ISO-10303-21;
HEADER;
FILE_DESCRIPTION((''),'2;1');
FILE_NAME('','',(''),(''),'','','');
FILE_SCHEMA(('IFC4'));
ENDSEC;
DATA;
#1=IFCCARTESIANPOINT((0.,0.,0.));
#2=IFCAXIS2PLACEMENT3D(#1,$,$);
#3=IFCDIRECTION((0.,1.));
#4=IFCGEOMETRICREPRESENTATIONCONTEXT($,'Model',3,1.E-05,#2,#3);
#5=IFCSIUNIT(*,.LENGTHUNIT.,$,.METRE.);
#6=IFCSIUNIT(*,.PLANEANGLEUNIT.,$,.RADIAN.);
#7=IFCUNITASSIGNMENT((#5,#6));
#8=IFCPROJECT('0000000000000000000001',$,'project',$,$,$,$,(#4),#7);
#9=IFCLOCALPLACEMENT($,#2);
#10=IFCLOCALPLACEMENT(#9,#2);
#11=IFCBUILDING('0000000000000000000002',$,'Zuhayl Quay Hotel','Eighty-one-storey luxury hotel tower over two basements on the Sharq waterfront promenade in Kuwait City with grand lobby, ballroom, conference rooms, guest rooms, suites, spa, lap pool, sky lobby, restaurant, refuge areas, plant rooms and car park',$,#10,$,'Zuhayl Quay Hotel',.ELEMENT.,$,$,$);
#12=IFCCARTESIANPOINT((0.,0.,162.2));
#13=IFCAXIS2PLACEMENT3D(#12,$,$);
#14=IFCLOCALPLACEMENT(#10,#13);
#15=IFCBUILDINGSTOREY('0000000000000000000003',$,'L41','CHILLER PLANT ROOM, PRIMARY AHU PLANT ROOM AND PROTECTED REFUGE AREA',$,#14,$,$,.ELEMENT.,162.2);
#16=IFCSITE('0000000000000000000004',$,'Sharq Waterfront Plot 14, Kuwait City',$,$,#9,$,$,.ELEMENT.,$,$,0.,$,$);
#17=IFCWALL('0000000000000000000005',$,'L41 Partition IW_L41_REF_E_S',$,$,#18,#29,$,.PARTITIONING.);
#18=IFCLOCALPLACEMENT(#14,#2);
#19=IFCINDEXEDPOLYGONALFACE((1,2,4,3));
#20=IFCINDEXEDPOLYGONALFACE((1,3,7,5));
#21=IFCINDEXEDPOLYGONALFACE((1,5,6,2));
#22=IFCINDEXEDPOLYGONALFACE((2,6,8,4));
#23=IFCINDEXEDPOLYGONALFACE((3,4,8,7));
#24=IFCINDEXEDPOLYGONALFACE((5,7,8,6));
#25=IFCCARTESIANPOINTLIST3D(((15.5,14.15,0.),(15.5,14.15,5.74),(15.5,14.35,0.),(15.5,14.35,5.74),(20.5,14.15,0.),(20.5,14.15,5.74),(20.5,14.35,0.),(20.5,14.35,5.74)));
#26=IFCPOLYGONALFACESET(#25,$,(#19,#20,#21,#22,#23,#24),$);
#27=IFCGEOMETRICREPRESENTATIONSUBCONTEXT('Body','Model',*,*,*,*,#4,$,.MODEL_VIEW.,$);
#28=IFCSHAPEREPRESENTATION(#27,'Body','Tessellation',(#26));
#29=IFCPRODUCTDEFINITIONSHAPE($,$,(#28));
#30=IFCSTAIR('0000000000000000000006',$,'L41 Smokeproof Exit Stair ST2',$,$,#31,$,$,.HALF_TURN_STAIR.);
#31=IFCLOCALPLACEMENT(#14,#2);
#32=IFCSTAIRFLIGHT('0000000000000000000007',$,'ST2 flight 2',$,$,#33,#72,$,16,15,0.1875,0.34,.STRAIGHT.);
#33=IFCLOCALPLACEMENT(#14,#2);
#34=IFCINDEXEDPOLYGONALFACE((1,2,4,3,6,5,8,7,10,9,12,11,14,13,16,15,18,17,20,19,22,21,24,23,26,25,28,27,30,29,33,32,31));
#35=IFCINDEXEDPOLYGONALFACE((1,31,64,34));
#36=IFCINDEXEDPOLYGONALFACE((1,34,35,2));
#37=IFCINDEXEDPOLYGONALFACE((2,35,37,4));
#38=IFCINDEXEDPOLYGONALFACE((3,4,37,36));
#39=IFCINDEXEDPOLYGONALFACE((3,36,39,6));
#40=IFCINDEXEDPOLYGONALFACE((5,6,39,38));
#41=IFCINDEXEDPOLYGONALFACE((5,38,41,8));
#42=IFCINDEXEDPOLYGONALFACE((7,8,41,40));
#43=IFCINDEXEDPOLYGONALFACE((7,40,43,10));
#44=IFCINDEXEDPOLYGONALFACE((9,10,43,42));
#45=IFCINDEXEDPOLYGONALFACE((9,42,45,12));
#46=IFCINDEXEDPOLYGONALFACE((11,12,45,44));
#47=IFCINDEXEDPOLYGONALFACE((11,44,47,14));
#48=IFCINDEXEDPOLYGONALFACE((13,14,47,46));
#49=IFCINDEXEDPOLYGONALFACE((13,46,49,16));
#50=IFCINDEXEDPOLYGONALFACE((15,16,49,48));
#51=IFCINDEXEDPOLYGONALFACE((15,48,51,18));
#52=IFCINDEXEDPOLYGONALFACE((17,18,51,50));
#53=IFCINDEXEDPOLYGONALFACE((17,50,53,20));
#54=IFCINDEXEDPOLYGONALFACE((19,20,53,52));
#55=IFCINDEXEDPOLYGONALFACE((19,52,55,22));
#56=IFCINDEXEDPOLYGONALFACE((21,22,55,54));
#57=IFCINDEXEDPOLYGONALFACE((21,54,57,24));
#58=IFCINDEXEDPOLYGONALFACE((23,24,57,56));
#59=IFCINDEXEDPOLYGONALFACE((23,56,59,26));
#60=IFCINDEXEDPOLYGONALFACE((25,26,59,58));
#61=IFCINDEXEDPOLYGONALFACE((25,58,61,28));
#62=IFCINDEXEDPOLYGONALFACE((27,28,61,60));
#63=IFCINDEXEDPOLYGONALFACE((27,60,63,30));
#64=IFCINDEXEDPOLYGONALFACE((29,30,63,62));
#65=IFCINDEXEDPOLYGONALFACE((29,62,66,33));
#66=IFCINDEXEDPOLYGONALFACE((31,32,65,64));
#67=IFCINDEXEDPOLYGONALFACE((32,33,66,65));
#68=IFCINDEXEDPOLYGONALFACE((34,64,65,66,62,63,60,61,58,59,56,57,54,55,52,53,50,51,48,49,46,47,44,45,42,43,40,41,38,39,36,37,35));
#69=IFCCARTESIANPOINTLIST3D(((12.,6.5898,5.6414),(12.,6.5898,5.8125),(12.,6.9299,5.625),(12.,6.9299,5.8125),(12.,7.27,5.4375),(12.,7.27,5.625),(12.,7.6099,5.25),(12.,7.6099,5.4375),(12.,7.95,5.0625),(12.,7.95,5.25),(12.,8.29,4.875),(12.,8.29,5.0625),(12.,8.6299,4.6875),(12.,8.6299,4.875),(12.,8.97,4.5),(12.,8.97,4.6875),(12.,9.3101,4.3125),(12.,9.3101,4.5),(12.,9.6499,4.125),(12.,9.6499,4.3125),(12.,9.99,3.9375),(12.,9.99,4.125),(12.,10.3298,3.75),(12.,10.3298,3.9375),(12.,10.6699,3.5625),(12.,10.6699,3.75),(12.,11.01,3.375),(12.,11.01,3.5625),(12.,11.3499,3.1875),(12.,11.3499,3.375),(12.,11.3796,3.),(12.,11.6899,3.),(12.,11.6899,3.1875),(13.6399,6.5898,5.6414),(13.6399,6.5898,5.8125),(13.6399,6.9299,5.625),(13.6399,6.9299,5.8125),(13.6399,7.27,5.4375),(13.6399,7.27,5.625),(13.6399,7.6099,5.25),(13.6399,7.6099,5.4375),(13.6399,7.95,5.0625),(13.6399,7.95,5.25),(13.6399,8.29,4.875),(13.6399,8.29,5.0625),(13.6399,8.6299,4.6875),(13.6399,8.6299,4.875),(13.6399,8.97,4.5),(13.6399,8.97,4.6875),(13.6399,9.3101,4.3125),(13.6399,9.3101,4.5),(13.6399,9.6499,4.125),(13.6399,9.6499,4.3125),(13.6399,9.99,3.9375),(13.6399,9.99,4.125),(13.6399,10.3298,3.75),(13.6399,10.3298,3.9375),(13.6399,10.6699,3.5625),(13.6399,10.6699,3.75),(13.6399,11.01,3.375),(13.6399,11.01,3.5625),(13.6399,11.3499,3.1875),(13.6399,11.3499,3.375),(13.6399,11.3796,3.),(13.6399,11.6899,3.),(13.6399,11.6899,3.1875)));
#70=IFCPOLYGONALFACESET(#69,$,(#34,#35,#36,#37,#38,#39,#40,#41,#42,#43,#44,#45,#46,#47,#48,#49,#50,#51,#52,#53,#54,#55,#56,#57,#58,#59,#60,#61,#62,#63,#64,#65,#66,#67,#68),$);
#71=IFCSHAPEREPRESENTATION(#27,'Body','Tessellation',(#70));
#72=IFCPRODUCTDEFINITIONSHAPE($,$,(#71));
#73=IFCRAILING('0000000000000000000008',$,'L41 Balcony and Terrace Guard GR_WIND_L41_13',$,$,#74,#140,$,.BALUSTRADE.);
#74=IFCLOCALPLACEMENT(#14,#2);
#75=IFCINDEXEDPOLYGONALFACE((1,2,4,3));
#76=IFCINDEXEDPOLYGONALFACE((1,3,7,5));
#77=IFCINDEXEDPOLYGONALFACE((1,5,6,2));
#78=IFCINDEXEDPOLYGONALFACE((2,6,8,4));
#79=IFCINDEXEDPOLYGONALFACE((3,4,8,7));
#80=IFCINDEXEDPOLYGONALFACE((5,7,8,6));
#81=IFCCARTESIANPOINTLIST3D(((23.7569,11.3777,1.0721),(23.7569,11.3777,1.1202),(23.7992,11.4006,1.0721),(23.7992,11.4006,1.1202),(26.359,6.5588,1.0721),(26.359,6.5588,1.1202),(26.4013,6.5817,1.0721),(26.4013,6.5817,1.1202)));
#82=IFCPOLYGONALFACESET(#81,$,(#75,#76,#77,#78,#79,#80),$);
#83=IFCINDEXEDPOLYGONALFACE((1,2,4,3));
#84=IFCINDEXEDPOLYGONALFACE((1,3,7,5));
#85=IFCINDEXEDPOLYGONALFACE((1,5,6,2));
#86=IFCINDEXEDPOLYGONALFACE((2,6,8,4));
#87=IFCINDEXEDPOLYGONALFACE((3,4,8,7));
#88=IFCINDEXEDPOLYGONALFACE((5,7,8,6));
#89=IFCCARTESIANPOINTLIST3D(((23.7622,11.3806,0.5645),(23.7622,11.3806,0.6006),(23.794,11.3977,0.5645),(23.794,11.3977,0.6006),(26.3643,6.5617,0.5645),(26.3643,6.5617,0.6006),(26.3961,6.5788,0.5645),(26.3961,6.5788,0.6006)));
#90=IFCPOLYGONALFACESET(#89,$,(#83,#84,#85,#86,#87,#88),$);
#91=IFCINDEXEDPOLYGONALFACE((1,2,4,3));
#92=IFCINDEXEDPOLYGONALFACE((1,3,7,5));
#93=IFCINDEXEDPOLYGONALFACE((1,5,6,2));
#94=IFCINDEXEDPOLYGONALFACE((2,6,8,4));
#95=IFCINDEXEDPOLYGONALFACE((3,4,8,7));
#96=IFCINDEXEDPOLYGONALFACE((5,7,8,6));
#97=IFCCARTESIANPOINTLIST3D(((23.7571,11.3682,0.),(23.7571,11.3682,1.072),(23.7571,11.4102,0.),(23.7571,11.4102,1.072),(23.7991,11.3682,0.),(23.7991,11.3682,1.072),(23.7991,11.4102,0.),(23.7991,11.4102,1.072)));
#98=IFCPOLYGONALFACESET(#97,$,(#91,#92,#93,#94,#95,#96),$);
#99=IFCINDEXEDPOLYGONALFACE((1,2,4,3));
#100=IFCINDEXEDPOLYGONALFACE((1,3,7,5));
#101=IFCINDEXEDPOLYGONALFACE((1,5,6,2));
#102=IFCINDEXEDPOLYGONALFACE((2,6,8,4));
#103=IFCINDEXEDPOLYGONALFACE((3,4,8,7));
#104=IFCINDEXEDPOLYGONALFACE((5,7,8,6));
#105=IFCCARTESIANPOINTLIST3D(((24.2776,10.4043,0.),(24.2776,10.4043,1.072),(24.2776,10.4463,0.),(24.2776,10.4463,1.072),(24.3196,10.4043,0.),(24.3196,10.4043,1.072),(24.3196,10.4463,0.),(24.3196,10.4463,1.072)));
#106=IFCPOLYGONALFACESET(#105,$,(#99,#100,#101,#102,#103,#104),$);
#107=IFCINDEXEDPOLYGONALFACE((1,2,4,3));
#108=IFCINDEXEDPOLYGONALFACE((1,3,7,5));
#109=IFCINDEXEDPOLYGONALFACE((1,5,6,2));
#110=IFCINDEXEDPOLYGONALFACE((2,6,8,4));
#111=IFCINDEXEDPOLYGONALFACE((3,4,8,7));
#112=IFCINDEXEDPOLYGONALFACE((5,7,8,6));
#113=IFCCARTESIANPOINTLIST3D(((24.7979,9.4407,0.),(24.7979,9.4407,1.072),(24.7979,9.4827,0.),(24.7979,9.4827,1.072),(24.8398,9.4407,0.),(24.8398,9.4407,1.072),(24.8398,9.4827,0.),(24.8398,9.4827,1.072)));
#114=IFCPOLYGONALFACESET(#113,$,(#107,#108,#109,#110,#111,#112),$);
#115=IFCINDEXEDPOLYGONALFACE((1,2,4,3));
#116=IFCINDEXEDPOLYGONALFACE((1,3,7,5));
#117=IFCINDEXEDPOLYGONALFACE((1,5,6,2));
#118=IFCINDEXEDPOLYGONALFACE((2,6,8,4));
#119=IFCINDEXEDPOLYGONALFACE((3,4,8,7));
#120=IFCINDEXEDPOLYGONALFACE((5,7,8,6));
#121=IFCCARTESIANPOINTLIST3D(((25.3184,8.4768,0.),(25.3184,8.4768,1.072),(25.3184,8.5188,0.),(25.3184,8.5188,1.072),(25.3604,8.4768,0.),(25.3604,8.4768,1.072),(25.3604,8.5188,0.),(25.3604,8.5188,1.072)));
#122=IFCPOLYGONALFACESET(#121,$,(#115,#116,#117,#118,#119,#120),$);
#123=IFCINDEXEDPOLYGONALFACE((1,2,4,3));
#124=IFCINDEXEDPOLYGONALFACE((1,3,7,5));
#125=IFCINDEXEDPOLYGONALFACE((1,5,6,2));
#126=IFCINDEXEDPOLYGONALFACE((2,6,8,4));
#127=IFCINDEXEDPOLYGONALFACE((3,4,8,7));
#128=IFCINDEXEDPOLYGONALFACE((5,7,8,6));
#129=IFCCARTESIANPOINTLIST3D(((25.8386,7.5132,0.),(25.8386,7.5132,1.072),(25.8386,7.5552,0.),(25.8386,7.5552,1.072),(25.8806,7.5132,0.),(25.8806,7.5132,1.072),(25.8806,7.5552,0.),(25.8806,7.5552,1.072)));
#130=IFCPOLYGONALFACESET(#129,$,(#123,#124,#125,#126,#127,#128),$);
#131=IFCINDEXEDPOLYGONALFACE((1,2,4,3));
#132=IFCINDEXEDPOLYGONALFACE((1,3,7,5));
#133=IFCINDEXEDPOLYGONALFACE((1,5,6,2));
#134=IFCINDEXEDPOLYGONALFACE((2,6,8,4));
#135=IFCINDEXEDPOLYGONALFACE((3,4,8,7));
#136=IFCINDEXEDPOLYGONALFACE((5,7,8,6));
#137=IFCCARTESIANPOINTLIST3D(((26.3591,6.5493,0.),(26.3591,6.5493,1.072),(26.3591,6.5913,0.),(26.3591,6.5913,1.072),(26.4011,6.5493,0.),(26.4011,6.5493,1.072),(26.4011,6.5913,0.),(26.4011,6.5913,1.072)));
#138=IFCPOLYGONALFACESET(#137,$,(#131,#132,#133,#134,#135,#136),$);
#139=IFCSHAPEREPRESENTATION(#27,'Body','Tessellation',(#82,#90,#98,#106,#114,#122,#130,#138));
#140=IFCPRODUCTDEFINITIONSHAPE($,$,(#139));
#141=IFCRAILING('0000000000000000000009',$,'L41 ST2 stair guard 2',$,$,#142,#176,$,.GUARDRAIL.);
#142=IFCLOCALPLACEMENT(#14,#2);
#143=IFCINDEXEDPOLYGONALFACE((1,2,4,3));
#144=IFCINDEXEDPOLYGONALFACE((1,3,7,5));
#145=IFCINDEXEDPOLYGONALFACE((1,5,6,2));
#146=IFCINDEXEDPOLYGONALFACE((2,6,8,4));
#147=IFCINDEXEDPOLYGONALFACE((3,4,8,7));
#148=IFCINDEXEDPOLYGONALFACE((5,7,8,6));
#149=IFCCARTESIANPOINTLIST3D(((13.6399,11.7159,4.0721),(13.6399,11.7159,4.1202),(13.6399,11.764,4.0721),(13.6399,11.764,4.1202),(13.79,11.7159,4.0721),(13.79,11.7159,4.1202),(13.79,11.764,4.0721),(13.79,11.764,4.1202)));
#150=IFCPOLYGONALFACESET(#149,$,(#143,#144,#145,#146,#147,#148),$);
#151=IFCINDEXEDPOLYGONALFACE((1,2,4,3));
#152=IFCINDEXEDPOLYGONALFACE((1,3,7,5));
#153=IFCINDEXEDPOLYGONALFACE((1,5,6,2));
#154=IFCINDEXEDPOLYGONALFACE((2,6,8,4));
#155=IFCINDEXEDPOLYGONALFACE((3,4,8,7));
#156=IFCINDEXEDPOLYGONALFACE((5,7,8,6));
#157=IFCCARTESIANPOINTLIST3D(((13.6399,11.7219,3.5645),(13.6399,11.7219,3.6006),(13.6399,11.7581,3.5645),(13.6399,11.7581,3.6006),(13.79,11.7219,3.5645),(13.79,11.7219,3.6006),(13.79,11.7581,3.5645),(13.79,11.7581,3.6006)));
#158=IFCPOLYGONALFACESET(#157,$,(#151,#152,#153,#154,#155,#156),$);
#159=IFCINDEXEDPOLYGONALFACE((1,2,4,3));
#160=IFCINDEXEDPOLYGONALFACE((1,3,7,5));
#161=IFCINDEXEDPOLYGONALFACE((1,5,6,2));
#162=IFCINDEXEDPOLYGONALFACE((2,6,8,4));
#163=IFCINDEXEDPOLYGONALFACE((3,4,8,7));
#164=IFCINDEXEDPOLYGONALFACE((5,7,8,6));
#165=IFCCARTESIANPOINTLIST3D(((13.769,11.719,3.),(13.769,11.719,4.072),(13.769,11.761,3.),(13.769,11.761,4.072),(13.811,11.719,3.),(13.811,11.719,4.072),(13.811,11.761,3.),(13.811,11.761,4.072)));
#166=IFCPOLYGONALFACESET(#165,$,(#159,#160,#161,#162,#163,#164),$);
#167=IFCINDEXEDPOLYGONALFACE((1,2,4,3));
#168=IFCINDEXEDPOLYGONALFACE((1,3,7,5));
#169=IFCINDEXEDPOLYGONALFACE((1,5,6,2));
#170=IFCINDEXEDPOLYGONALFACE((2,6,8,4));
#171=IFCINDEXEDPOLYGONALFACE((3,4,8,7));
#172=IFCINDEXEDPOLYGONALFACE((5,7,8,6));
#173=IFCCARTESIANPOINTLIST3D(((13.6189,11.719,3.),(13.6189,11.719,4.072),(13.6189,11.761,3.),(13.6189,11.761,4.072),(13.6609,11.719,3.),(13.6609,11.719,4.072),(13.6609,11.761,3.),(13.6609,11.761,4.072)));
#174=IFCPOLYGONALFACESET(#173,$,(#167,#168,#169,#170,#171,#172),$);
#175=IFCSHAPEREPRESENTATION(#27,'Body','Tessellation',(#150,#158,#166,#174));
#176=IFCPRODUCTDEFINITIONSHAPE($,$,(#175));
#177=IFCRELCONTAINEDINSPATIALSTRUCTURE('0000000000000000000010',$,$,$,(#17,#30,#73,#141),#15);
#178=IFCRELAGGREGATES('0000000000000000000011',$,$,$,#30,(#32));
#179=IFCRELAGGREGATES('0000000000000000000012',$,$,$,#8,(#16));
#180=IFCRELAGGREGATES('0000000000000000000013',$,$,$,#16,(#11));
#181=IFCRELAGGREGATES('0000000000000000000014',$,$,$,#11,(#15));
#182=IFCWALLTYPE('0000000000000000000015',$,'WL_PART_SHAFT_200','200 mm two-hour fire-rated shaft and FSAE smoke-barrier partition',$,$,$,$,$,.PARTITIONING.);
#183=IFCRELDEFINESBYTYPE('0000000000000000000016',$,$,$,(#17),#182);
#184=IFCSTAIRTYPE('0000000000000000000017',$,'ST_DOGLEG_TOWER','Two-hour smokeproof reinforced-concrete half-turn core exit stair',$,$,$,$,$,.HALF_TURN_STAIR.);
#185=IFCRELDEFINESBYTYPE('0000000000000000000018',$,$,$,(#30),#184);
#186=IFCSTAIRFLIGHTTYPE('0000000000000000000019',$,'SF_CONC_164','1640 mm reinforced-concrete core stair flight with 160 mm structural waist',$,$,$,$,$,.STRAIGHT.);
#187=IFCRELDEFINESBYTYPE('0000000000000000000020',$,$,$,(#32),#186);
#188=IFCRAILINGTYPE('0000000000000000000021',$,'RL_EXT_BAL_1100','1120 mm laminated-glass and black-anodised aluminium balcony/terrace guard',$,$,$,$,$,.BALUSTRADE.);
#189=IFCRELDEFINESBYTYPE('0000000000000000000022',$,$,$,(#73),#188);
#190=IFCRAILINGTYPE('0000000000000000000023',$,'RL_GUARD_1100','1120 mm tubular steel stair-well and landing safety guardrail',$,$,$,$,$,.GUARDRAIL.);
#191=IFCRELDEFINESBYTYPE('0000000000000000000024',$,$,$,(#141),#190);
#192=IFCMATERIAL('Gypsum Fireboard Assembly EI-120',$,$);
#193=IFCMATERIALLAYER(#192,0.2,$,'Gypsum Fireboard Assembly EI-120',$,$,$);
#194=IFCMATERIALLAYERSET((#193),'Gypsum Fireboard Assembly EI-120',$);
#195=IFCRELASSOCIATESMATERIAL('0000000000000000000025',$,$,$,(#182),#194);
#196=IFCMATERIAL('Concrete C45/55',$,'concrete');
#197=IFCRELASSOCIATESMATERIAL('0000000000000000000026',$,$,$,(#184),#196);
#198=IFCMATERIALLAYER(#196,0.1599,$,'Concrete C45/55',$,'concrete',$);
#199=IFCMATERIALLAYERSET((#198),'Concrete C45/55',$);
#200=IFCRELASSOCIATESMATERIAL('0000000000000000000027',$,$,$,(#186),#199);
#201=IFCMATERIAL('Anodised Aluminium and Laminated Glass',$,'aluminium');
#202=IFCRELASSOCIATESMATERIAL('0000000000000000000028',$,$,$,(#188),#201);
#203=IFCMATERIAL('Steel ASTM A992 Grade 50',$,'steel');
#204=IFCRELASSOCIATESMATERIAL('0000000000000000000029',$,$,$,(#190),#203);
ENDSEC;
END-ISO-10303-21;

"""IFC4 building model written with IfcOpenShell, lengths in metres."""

from ifc_helpers import new_model, si_unit, direction, frame, frame_2d, origin, origin_2d, place, context, subcontext, project, spatial, polyline, rectangle, outline, extrude, material, layer, layer_set, type_object, element, aggregate, save


model = new_model("IFC4")

# Units and contexts
model_context = context("Model", 3, precision=1e-05, world=origin(), true_north=direction((0.0, 1.0)))
body_context = subcontext(model_context, "Body", "Model", "MODEL_VIEW")
ifc_project = project(units=[si_unit("LENGTHUNIT", "METRE"), si_unit("PLANEANGLEUNIT", "RADIAN")], contexts=[model_context])

# Site, building, storey
site_placement = place(None, origin())
site = spatial("IfcSite", under=ifc_project, at=site_placement, Name="Sharq Waterfront Plot 14, Kuwait City", CompositionType="ELEMENT", RefElevation=0.0)
building_placement = place(site_placement, origin())
building = spatial("IfcBuilding", under=site, at=building_placement, Name="Zuhayl Quay Hotel", Description="Eighty-one-storey luxury hotel tower over two basements on the Sharq waterfront promenade in Kuwait City with grand lobby, ballroom, conference rooms, guest rooms, suites, spa, lap pool, sky lobby, restaurant, refuge areas, plant rooms and car park", LongName="Zuhayl Quay Hotel", CompositionType="ELEMENT")
storey_placement = place(building_placement, frame((0.0, 0.0, 162.2)))
storey = spatial("IfcBuildingStorey", under=building, at=storey_placement, Name="L41", Description="CHILLER PLANT ROOM, PRIMARY AHU PLANT ROOM AND PROTECTED REFUGE AREA", CompositionType="ELEMENT", Elevation=162.2)

# Wall
ifc_material_1 = material(Name="Gypsum Fireboard Assembly EI-120")
ifc_layer_1 = layer(ifc_material_1, 0.2, Name="Gypsum Fireboard Assembly EI-120")
ifc_layer_set_1 = layer_set([ifc_layer_1], Name="Gypsum Fireboard Assembly EI-120")
wall_type = type_object("IfcWallType", Name="WL_PART_SHAFT_200", Description="200 mm two-hour fire-rated shaft and FSAE smoke-barrier partition", PredefinedType="PARTITIONING", material=ifc_layer_set_1)
wall_1_placement = place(storey_placement, frame((15.5, 14.25, 0.0), z_axis=(0.0, 0.0, 1.0), x_axis=(1.0, 0.0, 0.0)))
element("IfcWall", 1, at=wall_1_placement, inside=storey, type_object=wall_type, Name="L41 Partition IW_L41_REF_E_S", PredefinedType="PARTITIONING", context=body_context, shape_type="SweptSolid", body=[
    extrude(rectangle(XDim=5.0, YDim=0.2, at=frame_2d((2.5, 0.0))), origin(), (0.0, 0.0, 1.0), 5.74),
])

# Stair, stair flight
ifc_material_2 = material(Name="Concrete C45/55", Category="concrete")
stair_type = type_object("IfcStairType", Name="ST_DOGLEG_TOWER", Description="Two-hour smokeproof reinforced-concrete half-turn core exit stair", PredefinedType="HALF_TURN_STAIR", material=ifc_material_2)
stair_placement = place(storey_placement, origin())
stair = element("IfcStair", 2, at=stair_placement, inside=storey, type_object=stair_type, Name="L41 Smokeproof Exit Stair ST2", PredefinedType="HALF_TURN_STAIR")
ifc_layer_2 = layer(ifc_material_2, 0.1599, Name="Concrete C45/55", Category="concrete")
ifc_layer_set_2 = layer_set([ifc_layer_2], Name="Concrete C45/55")
stair_flight_type = type_object("IfcStairFlightType", Name="SF_CONC_164", Description="1640 mm reinforced-concrete core stair flight with 160 mm structural waist", PredefinedType="STRAIGHT", material=ifc_layer_set_2)
stair_flight_placement = place(storey_placement, frame((12.8201, 11.6899, 3.0), z_axis=(0.0, 0.0, 1.0), x_axis=(0.0, -1.0, 0.0)))
stair_flight = element("IfcStairFlight", 3, at=stair_flight_placement, type_object=stair_flight_type, Name="ST2 flight 2", NumberOfRisers=16, NumberOfTreads=15, PredefinedType="STRAIGHT", RiserHeight=0.1875, TreadLength=0.34, context=body_context, shape_type="SweptSolid", body=[
    extrude(outline(polyline([(0.0, 0.0), (0.0, 0.1875), (0.3401, 0.1875), (0.3401, 0.375), (0.6799, 0.375), (0.6799, 0.5625), (1.02, 0.5625), (1.02, 0.75), (1.3601, 0.75), (1.3601, 0.9375), (1.7, 0.9375), (1.7, 1.125), (2.04, 1.125), (2.04, 1.3125), (2.3799, 1.3125), (2.3799, 1.5), (2.72, 1.5), (2.72, 1.6875), (3.0601, 1.6875), (3.0601, 1.875), (3.3999, 1.875), (3.3999, 2.0625), (3.74, 2.0625), (3.74, 2.25), (4.0801, 2.25), (4.0801, 2.4375), (4.4199, 2.4375), (4.4199, 2.625), (4.76, 2.625), (4.76, 2.8125), (5.1001, 2.8125), (5.1001, 3.0), (5.1001, 2.6414), (0.3103, 0.0), (0.0, 0.0)])), frame((0.0, 0.8198, 0.0), z_axis=(0.0, -1.0, 0.0), x_axis=(1.0, 0.0, 0.0)), (0.0, 0.0, 1.0), 1.6399),
])
aggregate(stair, [stair_flight])

# Railings
ifc_material_3 = material(Name="Anodised Aluminium and Laminated Glass", Category="aluminium")
railing_type_1 = type_object("IfcRailingType", Name="RL_EXT_BAL_1100", Description="1120 mm laminated-glass and black-anodised aluminium balcony/terrace guard", PredefinedType="BALUSTRADE", material=ifc_material_3)
railing_1_placement = place(storey_placement, frame((23.7781, 11.3892, 0.0)))
element("IfcRailing", 4, at=railing_1_placement, inside=storey, type_object=railing_type_1, Name="L41 Balcony and Terrace Guard GR_WIND_L41_13", PredefinedType="BALUSTRADE", context=body_context, shape_type="SweptSolid", body=[
    extrude(rectangle(XDim=0.0481, YDim=0.0481, at=origin_2d()), frame((0.0, 0.0, 1.0962), z_axis=(0.475131, -0.879915, 0.0), x_axis=(0.879915, 0.475131, 0.0)), (0.0, 0.0, 1.0), 5.4766),
    extrude(rectangle(XDim=0.0361, YDim=0.0361, at=origin_2d()), frame((0.0, 0.0, 0.5825), z_axis=(0.475131, -0.879915, 0.0), x_axis=(0.879915, 0.475131, 0.0)), (0.0, 0.0, 1.0), 5.4766),
    extrude(rectangle(XDim=0.042, YDim=0.042, at=origin_2d()), origin(), (0.0, 0.0, 1.0), 1.072),
    extrude(rectangle(XDim=0.042, YDim=0.042, at=origin_2d()), frame((0.5205, -0.9639, 0.0)), (0.0, 0.0, 1.0), 1.072),
    extrude(rectangle(XDim=0.042, YDim=0.042, at=origin_2d()), frame((1.0408, -1.9275, 0.0)), (0.0, 0.0, 1.0), 1.072),
    extrude(rectangle(XDim=0.042, YDim=0.042, at=origin_2d()), frame((1.5613, -2.8914, 0.0)), (0.0, 0.0, 1.0), 1.072),
    extrude(rectangle(XDim=0.042, YDim=0.042, at=origin_2d()), frame((2.0815, -3.855, 0.0)), (0.0, 0.0, 1.0), 1.072),
    extrude(rectangle(XDim=0.042, YDim=0.042, at=origin_2d()), frame((2.6021, -4.8188, 0.0)), (0.0, 0.0, 1.0), 1.072),
])
ifc_material_4 = material(Name="Steel ASTM A992 Grade 50", Category="steel")
railing_type_2 = type_object("IfcRailingType", Name="RL_GUARD_1100", Description="1120 mm tubular steel stair-well and landing safety guardrail", PredefinedType="GUARDRAIL", material=ifc_material_4)
railing_2_placement = place(storey_placement, frame((13.79, 11.74, 3.0)))
element("IfcRailing", 5, at=railing_2_placement, inside=storey, type_object=railing_type_2, Name="L41 ST2 stair guard 2", PredefinedType="GUARDRAIL", context=body_context, shape_type="SweptSolid", body=[
    extrude(rectangle(XDim=0.0481, YDim=0.0481, at=origin_2d()), frame((0.0, 0.0, 1.0962), z_axis=(-1.0, 0.0, 0.0), x_axis=(0.0, -1.0, 0.0)), (0.0, 0.0, 1.0), 0.1501),
    extrude(rectangle(XDim=0.0361, YDim=0.0361, at=origin_2d()), frame((0.0, 0.0, 0.5825), z_axis=(-1.0, 0.0, 0.0), x_axis=(0.0, -1.0, 0.0)), (0.0, 0.0, 1.0), 0.1501),
    extrude(rectangle(XDim=0.042, YDim=0.042, at=origin_2d()), origin(), (0.0, 0.0, 1.0), 1.072),
    extrude(rectangle(XDim=0.042, YDim=0.042, at=origin_2d()), frame((-0.1501, 0.0, 0.0)), (0.0, 0.0, 1.0), 1.072),
])

save(model, "model.ifc")
